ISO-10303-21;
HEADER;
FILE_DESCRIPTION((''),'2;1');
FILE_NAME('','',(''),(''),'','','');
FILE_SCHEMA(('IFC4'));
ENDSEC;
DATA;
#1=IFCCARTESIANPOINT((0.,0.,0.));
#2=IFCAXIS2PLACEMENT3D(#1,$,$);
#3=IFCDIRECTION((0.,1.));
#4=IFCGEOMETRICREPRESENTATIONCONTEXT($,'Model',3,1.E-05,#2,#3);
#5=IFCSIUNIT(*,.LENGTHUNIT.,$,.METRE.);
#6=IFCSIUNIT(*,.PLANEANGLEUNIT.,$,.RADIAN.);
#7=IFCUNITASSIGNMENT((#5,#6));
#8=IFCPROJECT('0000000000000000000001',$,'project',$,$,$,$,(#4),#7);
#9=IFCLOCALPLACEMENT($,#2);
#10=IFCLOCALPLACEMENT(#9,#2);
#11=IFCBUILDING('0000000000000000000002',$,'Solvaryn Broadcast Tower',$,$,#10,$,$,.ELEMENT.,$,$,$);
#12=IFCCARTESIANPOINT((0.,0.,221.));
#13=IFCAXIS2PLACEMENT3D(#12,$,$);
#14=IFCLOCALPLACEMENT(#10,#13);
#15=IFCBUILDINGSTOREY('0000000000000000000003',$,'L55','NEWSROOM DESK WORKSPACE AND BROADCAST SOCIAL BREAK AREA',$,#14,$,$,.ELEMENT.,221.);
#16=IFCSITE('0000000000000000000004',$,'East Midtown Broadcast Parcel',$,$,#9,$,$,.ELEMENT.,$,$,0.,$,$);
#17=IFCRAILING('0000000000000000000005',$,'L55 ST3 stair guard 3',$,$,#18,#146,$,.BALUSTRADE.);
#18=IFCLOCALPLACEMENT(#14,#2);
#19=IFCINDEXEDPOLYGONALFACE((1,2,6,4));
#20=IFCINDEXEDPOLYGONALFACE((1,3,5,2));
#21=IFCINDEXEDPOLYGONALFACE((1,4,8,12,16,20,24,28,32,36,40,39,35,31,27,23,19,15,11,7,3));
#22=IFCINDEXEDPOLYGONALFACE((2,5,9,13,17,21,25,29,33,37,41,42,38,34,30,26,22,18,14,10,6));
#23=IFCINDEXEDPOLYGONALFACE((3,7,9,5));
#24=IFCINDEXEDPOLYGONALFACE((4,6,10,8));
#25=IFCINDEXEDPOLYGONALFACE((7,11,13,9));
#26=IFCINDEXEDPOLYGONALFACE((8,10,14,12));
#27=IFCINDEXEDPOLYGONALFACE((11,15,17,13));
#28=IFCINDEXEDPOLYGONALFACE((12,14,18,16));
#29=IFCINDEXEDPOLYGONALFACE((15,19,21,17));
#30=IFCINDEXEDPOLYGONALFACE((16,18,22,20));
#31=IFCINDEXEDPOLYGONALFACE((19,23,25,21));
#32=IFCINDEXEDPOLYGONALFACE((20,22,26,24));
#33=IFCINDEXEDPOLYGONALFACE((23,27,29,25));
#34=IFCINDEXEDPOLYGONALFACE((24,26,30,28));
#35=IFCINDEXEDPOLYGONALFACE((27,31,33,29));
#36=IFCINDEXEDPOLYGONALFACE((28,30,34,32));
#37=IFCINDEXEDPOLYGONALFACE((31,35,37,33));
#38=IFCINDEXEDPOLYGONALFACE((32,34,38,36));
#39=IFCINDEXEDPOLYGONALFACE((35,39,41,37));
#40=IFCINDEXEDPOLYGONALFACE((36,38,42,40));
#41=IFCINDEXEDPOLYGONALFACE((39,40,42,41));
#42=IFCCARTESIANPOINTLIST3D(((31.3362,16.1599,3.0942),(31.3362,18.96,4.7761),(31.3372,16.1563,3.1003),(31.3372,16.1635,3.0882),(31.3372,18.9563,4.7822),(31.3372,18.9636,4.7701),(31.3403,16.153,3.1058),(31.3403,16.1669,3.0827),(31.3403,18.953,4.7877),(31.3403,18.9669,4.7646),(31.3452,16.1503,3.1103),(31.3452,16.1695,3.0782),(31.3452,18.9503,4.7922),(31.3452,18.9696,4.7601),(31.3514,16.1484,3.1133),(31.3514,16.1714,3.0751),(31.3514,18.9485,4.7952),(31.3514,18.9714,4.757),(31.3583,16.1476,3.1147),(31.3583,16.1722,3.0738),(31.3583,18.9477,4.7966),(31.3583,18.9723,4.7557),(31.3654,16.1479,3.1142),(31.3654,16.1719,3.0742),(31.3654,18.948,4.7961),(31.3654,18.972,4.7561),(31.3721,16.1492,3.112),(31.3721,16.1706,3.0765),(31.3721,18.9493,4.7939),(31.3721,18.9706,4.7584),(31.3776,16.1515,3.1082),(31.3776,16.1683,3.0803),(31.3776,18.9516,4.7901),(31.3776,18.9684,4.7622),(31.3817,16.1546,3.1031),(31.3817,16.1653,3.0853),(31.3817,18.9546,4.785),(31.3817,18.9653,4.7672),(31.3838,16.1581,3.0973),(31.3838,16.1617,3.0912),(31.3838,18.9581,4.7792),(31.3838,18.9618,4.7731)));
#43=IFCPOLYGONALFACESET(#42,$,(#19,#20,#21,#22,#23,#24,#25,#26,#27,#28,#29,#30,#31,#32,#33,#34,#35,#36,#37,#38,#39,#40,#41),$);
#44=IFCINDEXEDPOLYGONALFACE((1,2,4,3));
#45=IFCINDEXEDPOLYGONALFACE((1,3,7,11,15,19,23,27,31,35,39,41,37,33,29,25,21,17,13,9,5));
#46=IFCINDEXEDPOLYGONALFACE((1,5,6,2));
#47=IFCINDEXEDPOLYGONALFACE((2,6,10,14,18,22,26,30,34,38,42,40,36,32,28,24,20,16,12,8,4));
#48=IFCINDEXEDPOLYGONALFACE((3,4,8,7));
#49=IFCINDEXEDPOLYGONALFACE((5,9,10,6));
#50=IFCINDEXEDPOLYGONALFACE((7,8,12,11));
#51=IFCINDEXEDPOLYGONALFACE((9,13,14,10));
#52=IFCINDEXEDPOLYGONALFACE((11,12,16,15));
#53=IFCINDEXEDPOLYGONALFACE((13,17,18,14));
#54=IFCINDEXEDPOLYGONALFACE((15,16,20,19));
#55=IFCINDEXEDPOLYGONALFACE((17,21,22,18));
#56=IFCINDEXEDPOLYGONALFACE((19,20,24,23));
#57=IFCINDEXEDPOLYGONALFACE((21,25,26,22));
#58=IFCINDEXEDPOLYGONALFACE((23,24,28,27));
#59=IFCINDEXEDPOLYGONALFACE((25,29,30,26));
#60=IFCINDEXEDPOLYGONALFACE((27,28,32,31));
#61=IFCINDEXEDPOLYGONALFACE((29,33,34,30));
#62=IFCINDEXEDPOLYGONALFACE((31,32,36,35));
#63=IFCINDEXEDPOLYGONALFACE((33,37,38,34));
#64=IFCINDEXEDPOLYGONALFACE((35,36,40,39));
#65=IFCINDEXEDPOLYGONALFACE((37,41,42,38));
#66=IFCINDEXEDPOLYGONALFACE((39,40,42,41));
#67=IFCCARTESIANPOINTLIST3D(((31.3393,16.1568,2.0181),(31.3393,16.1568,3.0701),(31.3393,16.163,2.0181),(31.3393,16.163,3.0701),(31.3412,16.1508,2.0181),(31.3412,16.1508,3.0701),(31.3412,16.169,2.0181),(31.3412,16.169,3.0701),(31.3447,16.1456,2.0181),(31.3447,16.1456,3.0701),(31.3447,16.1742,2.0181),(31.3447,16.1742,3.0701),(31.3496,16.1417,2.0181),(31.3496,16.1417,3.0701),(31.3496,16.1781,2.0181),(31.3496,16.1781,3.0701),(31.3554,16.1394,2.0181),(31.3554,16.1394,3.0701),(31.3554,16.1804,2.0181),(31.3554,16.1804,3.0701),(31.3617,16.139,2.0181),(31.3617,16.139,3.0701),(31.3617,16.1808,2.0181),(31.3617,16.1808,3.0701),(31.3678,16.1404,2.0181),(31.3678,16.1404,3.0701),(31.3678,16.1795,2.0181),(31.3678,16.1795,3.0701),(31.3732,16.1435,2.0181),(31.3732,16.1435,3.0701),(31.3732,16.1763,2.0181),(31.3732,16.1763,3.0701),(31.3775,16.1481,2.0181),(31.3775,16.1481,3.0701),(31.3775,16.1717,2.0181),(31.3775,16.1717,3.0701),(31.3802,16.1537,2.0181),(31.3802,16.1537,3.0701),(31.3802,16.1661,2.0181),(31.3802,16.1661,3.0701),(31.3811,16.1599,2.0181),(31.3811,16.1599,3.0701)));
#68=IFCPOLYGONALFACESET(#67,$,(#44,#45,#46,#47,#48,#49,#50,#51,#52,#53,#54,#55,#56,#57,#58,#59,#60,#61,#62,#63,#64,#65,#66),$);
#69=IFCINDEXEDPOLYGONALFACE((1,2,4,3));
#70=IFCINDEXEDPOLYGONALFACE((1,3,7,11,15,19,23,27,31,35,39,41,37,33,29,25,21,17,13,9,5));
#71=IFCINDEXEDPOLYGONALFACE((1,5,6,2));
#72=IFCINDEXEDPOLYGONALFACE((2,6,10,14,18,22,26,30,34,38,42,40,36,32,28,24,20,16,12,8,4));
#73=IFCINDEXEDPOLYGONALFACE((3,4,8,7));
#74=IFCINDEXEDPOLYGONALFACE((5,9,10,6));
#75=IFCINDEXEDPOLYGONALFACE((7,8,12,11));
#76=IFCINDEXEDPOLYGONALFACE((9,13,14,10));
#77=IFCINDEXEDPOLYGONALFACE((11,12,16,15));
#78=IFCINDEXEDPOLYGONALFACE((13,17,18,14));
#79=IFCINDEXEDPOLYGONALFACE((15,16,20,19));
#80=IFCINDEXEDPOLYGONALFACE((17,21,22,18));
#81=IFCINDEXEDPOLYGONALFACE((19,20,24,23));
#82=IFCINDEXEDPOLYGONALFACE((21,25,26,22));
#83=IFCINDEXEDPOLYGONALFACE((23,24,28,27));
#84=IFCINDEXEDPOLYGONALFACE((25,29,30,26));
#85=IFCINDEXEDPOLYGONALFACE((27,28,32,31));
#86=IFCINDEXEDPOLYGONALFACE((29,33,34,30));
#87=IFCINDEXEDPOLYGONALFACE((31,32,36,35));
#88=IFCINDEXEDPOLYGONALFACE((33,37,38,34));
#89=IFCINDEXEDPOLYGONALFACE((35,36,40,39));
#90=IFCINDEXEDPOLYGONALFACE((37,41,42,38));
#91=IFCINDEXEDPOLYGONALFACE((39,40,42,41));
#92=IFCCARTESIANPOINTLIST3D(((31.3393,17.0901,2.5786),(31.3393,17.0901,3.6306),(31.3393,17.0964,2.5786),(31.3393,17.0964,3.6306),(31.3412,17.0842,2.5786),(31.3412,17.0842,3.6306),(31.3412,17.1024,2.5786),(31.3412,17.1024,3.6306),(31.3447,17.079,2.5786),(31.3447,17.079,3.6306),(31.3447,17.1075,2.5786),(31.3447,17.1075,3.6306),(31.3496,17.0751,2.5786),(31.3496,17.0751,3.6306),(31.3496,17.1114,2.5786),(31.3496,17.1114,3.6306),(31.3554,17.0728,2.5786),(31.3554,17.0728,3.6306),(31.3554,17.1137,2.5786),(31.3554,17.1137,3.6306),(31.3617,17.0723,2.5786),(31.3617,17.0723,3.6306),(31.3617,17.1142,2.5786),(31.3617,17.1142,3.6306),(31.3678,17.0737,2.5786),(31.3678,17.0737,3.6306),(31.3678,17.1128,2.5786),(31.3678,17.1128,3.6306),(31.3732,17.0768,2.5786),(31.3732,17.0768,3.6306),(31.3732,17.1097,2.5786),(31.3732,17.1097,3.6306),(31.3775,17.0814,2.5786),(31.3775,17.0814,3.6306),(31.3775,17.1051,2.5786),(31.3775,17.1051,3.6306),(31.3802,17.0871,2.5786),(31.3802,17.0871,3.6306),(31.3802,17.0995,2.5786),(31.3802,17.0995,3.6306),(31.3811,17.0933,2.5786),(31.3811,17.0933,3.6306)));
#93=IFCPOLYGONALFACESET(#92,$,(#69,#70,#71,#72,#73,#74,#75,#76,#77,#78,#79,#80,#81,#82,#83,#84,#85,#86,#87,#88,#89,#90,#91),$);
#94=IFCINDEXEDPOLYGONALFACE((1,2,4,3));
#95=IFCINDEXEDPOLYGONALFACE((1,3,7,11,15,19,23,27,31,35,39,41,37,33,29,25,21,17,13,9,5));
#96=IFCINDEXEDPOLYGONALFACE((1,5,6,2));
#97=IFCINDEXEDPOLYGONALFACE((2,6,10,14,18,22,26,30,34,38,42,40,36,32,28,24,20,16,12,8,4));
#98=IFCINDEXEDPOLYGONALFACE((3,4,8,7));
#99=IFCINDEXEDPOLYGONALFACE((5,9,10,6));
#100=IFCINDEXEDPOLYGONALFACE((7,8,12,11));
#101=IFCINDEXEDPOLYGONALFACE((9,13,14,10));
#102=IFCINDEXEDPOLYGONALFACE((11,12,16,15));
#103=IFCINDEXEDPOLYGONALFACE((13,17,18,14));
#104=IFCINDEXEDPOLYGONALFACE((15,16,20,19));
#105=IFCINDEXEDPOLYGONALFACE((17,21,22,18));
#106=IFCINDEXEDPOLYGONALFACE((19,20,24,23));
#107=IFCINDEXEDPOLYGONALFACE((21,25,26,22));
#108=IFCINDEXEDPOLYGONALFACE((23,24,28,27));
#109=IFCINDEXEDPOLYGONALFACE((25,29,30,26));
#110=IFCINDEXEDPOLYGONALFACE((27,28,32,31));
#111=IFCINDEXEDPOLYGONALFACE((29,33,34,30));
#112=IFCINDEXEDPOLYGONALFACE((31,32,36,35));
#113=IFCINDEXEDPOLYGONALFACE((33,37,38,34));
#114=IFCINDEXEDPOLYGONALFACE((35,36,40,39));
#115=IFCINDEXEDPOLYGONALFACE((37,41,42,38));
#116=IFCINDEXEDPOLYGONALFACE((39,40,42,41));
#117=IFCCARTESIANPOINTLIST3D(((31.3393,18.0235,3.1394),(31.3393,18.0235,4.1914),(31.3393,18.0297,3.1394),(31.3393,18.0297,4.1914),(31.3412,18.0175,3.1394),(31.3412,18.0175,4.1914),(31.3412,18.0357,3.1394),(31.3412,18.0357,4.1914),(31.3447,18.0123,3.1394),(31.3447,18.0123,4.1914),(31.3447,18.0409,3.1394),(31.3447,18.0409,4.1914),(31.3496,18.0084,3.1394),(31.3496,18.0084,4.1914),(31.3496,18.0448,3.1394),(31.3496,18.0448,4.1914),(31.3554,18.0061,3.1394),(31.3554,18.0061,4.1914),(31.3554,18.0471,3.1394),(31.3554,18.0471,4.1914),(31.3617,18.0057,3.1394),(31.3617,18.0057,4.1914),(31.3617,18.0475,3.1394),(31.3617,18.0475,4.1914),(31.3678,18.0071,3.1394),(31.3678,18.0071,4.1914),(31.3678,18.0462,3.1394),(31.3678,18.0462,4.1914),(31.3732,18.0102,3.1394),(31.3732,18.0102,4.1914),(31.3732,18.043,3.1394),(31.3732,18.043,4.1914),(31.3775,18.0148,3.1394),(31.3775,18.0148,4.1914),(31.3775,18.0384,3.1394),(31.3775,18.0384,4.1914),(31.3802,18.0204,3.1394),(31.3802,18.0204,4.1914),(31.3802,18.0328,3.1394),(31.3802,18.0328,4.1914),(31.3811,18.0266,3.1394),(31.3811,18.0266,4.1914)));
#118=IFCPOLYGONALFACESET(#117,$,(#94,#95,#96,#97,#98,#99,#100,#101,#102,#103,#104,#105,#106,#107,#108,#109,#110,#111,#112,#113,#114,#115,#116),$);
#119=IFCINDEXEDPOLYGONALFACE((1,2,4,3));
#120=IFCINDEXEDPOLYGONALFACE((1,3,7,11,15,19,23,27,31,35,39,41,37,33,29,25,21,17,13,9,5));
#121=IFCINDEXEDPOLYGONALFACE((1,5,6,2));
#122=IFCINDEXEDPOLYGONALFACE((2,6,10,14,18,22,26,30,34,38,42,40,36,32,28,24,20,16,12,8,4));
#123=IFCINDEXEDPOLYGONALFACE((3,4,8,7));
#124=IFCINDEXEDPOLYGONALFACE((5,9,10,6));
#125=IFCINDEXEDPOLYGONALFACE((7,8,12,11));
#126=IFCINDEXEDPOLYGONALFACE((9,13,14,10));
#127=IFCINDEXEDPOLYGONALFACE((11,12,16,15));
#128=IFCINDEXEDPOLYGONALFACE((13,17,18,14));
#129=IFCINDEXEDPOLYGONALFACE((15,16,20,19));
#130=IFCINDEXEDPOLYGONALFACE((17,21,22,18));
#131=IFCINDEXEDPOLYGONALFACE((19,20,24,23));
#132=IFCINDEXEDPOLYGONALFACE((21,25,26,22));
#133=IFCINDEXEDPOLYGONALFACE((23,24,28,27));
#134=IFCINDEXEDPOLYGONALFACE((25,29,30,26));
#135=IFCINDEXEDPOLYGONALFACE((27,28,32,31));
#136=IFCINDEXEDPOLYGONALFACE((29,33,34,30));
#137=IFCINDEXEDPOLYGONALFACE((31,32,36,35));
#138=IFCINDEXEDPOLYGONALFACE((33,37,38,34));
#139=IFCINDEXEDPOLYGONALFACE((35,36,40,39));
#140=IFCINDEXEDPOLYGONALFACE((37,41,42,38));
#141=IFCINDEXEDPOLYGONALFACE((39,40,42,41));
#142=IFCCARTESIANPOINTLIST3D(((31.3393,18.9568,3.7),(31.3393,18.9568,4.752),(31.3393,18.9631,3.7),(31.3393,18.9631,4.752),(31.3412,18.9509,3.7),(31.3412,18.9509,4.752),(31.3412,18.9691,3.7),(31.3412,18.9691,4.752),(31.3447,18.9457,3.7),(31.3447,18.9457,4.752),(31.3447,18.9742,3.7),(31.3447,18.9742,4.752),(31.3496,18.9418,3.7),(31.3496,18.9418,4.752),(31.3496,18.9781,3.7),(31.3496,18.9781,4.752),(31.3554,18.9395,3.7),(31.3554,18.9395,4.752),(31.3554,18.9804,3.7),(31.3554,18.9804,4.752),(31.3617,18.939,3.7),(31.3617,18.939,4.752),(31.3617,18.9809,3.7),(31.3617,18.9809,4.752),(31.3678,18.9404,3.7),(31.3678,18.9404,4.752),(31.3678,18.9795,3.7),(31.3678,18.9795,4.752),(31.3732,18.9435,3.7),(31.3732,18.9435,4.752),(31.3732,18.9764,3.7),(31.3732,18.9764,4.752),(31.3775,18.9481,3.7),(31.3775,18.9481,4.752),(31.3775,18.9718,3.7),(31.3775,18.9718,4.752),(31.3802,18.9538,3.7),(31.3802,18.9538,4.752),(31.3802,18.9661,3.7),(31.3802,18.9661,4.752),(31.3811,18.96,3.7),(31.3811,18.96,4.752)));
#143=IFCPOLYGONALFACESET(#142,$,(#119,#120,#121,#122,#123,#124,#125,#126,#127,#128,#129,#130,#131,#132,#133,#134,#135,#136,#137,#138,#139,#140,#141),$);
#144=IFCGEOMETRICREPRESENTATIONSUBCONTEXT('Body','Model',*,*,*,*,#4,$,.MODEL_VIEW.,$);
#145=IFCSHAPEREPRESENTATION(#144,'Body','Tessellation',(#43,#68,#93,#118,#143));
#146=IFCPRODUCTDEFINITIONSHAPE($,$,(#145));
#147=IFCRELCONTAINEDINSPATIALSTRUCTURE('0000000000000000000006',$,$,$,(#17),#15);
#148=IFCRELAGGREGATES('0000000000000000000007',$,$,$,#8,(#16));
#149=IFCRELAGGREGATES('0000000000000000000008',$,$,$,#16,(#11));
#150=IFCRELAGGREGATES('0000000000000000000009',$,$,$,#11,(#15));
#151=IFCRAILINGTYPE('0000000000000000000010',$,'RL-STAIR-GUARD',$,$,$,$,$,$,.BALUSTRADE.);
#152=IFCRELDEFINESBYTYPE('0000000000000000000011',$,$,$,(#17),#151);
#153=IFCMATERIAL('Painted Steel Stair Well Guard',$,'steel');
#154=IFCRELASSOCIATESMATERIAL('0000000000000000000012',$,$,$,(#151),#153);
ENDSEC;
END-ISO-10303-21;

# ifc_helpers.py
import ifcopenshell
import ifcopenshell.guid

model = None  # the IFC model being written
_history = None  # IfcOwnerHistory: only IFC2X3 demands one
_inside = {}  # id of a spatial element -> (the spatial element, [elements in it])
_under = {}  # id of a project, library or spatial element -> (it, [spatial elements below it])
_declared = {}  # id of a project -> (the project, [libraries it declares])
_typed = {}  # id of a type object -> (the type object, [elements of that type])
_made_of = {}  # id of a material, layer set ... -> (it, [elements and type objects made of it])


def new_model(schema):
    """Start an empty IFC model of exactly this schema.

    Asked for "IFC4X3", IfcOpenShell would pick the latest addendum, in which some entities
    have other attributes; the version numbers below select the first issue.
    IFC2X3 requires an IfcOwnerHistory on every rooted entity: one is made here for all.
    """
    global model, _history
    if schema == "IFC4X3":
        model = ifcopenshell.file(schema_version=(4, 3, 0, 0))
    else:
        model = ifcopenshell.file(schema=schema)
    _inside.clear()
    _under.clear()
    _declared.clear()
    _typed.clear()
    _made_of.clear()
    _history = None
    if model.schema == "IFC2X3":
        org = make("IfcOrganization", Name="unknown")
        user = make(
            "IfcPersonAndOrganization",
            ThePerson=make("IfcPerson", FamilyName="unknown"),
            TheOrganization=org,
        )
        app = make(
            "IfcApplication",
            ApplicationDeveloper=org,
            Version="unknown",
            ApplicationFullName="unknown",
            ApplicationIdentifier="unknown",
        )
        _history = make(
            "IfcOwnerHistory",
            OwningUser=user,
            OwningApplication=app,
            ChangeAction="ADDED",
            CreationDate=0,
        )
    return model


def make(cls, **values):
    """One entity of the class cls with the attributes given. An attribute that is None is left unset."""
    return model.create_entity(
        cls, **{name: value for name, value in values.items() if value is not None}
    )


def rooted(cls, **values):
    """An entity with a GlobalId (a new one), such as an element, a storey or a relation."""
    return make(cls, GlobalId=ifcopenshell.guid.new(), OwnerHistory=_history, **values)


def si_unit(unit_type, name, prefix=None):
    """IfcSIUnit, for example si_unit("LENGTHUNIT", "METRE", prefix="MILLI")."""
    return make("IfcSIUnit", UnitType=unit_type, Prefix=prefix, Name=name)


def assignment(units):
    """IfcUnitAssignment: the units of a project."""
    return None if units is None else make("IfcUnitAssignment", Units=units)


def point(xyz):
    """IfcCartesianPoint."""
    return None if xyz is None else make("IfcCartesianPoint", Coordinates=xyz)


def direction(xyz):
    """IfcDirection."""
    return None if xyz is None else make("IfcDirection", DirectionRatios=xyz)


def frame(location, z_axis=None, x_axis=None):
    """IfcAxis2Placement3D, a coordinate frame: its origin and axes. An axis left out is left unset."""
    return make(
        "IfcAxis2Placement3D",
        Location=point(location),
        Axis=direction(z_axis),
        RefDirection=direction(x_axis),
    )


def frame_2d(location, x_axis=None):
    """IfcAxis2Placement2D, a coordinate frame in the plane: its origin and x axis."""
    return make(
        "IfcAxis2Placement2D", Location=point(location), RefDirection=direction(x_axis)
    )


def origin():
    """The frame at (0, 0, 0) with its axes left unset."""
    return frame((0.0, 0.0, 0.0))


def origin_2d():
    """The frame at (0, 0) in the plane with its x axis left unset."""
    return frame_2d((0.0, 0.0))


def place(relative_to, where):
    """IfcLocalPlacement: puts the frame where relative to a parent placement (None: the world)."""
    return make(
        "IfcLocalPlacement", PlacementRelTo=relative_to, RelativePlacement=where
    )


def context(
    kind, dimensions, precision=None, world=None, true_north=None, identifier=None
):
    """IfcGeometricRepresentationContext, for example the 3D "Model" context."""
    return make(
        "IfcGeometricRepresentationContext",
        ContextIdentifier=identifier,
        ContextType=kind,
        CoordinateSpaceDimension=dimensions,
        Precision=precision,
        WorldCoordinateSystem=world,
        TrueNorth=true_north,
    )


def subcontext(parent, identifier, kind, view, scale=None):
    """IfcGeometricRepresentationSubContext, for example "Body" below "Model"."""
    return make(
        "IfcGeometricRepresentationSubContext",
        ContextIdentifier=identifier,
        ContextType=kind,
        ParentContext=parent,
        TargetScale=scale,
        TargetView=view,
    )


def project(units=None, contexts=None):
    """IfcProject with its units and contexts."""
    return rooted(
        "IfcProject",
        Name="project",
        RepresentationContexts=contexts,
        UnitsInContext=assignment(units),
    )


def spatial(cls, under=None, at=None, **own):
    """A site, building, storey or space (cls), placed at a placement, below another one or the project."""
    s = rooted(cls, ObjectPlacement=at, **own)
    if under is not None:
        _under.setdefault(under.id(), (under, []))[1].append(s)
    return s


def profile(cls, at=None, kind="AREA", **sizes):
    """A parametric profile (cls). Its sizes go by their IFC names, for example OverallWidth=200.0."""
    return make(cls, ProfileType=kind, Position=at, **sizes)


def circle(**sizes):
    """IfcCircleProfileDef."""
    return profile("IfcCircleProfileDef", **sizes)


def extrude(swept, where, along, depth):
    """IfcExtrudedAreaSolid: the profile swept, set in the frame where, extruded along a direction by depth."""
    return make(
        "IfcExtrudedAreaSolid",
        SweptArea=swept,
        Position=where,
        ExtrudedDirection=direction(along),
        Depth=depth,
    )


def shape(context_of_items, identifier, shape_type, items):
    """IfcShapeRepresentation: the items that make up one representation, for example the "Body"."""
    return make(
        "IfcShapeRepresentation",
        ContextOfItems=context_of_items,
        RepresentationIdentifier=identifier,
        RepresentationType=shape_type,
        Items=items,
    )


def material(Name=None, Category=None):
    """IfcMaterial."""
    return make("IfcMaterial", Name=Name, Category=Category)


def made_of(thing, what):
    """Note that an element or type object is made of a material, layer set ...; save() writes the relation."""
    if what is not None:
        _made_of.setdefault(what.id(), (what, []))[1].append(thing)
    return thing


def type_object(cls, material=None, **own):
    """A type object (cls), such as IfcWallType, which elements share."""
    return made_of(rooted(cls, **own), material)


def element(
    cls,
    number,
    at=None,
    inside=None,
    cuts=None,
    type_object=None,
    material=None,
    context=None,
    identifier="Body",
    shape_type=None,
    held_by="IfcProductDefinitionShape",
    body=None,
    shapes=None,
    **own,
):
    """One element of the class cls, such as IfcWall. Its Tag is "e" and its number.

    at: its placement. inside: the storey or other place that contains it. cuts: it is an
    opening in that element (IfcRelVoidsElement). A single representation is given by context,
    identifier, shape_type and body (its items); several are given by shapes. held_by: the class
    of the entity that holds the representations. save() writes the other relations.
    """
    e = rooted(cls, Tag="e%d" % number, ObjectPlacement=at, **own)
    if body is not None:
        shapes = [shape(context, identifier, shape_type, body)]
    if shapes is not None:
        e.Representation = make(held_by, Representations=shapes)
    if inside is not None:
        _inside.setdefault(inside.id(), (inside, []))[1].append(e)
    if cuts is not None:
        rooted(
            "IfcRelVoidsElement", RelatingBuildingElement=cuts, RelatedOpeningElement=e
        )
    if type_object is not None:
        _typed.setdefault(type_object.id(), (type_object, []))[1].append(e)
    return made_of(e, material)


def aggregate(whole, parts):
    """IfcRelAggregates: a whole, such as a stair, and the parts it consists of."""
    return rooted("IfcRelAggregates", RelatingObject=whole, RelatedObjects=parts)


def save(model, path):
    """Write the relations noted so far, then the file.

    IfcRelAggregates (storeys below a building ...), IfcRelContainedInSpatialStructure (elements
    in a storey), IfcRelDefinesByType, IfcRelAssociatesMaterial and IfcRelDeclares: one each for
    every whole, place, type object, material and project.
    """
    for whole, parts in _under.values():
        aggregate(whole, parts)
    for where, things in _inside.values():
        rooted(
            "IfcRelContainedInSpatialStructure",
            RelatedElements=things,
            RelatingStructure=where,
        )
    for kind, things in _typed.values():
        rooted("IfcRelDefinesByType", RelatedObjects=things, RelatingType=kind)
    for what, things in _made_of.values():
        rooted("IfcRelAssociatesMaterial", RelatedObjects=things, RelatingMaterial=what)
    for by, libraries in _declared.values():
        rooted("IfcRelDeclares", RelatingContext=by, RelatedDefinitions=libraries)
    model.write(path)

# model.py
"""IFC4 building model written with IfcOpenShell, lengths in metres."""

from ifc_helpers import new_model, si_unit, direction, frame, origin, origin_2d, place, context, subcontext, project, spatial, circle, extrude, material, type_object, element, save


model = new_model("IFC4")

# Units and contexts
model_context = context("Model", 3, precision=1e-05, world=origin(), true_north=direction((0.0, 1.0)))
body_context = subcontext(model_context, "Body", "Model", "MODEL_VIEW")
ifc_project = project(units=[si_unit("LENGTHUNIT", "METRE"), si_unit("PLANEANGLEUNIT", "RADIAN")], contexts=[model_context])

# Site, building, storey
site_placement = place(None, origin())
site = spatial("IfcSite", under=ifc_project, at=site_placement, Name="East Midtown Broadcast Parcel", CompositionType="ELEMENT", RefElevation=0.0)
building_placement = place(site_placement, origin())
building = spatial("IfcBuilding", under=site, at=building_placement, Name="Solvaryn Broadcast Tower", CompositionType="ELEMENT")
storey_placement = place(building_placement, frame((0.0, 0.0, 221.0)))
storey = spatial("IfcBuildingStorey", under=building, at=storey_placement, Name="L55", Description="NEWSROOM DESK WORKSPACE AND BROADCAST SOCIAL BREAK AREA", CompositionType="ELEMENT", Elevation=221.0)

# Railing
ifc_material_1 = material(Name="Painted Steel Stair Well Guard", Category="steel")
railing_type_1 = type_object("IfcRailingType", Name="RL-STAIR-GUARD", PredefinedType="BALUSTRADE", material=ifc_material_1)
railing_1_placement = place(storey_placement, frame((31.3601, 16.1599, 2.0181)))
element("IfcRailing", 1, at=railing_1_placement, inside=storey, type_object=railing_type_1, Name="L55 ST3 stair guard 3", PredefinedType="BALUSTRADE", context=body_context, shape_type="SweptSolid", body=[
    extrude(circle(Radius=0.0239, at=origin_2d()), frame((0.0, 0.0, 1.0762), z_axis=(0.0, 0.857242, 0.514913), x_axis=(-1.0, 0.0, 0.0)), (0.0, 0.0, 1.0), 3.2664),
    extrude(circle(Radius=0.021, at=origin_2d()), origin(), (0.0, 0.0, 1.0), 1.052),
    extrude(circle(Radius=0.021, at=origin_2d()), frame((0.0, 0.9333, 0.5605)), (0.0, 0.0, 1.0), 1.052),
    extrude(circle(Radius=0.021, at=origin_2d()), frame((0.0, 1.8667, 1.1213)), (0.0, 0.0, 1.0), 1.052),
    extrude(circle(Radius=0.021, at=origin_2d()), frame((0.0, 2.8, 1.6819)), (0.0, 0.0, 1.0), 1.052),
])

save(model, "model.ifc")
